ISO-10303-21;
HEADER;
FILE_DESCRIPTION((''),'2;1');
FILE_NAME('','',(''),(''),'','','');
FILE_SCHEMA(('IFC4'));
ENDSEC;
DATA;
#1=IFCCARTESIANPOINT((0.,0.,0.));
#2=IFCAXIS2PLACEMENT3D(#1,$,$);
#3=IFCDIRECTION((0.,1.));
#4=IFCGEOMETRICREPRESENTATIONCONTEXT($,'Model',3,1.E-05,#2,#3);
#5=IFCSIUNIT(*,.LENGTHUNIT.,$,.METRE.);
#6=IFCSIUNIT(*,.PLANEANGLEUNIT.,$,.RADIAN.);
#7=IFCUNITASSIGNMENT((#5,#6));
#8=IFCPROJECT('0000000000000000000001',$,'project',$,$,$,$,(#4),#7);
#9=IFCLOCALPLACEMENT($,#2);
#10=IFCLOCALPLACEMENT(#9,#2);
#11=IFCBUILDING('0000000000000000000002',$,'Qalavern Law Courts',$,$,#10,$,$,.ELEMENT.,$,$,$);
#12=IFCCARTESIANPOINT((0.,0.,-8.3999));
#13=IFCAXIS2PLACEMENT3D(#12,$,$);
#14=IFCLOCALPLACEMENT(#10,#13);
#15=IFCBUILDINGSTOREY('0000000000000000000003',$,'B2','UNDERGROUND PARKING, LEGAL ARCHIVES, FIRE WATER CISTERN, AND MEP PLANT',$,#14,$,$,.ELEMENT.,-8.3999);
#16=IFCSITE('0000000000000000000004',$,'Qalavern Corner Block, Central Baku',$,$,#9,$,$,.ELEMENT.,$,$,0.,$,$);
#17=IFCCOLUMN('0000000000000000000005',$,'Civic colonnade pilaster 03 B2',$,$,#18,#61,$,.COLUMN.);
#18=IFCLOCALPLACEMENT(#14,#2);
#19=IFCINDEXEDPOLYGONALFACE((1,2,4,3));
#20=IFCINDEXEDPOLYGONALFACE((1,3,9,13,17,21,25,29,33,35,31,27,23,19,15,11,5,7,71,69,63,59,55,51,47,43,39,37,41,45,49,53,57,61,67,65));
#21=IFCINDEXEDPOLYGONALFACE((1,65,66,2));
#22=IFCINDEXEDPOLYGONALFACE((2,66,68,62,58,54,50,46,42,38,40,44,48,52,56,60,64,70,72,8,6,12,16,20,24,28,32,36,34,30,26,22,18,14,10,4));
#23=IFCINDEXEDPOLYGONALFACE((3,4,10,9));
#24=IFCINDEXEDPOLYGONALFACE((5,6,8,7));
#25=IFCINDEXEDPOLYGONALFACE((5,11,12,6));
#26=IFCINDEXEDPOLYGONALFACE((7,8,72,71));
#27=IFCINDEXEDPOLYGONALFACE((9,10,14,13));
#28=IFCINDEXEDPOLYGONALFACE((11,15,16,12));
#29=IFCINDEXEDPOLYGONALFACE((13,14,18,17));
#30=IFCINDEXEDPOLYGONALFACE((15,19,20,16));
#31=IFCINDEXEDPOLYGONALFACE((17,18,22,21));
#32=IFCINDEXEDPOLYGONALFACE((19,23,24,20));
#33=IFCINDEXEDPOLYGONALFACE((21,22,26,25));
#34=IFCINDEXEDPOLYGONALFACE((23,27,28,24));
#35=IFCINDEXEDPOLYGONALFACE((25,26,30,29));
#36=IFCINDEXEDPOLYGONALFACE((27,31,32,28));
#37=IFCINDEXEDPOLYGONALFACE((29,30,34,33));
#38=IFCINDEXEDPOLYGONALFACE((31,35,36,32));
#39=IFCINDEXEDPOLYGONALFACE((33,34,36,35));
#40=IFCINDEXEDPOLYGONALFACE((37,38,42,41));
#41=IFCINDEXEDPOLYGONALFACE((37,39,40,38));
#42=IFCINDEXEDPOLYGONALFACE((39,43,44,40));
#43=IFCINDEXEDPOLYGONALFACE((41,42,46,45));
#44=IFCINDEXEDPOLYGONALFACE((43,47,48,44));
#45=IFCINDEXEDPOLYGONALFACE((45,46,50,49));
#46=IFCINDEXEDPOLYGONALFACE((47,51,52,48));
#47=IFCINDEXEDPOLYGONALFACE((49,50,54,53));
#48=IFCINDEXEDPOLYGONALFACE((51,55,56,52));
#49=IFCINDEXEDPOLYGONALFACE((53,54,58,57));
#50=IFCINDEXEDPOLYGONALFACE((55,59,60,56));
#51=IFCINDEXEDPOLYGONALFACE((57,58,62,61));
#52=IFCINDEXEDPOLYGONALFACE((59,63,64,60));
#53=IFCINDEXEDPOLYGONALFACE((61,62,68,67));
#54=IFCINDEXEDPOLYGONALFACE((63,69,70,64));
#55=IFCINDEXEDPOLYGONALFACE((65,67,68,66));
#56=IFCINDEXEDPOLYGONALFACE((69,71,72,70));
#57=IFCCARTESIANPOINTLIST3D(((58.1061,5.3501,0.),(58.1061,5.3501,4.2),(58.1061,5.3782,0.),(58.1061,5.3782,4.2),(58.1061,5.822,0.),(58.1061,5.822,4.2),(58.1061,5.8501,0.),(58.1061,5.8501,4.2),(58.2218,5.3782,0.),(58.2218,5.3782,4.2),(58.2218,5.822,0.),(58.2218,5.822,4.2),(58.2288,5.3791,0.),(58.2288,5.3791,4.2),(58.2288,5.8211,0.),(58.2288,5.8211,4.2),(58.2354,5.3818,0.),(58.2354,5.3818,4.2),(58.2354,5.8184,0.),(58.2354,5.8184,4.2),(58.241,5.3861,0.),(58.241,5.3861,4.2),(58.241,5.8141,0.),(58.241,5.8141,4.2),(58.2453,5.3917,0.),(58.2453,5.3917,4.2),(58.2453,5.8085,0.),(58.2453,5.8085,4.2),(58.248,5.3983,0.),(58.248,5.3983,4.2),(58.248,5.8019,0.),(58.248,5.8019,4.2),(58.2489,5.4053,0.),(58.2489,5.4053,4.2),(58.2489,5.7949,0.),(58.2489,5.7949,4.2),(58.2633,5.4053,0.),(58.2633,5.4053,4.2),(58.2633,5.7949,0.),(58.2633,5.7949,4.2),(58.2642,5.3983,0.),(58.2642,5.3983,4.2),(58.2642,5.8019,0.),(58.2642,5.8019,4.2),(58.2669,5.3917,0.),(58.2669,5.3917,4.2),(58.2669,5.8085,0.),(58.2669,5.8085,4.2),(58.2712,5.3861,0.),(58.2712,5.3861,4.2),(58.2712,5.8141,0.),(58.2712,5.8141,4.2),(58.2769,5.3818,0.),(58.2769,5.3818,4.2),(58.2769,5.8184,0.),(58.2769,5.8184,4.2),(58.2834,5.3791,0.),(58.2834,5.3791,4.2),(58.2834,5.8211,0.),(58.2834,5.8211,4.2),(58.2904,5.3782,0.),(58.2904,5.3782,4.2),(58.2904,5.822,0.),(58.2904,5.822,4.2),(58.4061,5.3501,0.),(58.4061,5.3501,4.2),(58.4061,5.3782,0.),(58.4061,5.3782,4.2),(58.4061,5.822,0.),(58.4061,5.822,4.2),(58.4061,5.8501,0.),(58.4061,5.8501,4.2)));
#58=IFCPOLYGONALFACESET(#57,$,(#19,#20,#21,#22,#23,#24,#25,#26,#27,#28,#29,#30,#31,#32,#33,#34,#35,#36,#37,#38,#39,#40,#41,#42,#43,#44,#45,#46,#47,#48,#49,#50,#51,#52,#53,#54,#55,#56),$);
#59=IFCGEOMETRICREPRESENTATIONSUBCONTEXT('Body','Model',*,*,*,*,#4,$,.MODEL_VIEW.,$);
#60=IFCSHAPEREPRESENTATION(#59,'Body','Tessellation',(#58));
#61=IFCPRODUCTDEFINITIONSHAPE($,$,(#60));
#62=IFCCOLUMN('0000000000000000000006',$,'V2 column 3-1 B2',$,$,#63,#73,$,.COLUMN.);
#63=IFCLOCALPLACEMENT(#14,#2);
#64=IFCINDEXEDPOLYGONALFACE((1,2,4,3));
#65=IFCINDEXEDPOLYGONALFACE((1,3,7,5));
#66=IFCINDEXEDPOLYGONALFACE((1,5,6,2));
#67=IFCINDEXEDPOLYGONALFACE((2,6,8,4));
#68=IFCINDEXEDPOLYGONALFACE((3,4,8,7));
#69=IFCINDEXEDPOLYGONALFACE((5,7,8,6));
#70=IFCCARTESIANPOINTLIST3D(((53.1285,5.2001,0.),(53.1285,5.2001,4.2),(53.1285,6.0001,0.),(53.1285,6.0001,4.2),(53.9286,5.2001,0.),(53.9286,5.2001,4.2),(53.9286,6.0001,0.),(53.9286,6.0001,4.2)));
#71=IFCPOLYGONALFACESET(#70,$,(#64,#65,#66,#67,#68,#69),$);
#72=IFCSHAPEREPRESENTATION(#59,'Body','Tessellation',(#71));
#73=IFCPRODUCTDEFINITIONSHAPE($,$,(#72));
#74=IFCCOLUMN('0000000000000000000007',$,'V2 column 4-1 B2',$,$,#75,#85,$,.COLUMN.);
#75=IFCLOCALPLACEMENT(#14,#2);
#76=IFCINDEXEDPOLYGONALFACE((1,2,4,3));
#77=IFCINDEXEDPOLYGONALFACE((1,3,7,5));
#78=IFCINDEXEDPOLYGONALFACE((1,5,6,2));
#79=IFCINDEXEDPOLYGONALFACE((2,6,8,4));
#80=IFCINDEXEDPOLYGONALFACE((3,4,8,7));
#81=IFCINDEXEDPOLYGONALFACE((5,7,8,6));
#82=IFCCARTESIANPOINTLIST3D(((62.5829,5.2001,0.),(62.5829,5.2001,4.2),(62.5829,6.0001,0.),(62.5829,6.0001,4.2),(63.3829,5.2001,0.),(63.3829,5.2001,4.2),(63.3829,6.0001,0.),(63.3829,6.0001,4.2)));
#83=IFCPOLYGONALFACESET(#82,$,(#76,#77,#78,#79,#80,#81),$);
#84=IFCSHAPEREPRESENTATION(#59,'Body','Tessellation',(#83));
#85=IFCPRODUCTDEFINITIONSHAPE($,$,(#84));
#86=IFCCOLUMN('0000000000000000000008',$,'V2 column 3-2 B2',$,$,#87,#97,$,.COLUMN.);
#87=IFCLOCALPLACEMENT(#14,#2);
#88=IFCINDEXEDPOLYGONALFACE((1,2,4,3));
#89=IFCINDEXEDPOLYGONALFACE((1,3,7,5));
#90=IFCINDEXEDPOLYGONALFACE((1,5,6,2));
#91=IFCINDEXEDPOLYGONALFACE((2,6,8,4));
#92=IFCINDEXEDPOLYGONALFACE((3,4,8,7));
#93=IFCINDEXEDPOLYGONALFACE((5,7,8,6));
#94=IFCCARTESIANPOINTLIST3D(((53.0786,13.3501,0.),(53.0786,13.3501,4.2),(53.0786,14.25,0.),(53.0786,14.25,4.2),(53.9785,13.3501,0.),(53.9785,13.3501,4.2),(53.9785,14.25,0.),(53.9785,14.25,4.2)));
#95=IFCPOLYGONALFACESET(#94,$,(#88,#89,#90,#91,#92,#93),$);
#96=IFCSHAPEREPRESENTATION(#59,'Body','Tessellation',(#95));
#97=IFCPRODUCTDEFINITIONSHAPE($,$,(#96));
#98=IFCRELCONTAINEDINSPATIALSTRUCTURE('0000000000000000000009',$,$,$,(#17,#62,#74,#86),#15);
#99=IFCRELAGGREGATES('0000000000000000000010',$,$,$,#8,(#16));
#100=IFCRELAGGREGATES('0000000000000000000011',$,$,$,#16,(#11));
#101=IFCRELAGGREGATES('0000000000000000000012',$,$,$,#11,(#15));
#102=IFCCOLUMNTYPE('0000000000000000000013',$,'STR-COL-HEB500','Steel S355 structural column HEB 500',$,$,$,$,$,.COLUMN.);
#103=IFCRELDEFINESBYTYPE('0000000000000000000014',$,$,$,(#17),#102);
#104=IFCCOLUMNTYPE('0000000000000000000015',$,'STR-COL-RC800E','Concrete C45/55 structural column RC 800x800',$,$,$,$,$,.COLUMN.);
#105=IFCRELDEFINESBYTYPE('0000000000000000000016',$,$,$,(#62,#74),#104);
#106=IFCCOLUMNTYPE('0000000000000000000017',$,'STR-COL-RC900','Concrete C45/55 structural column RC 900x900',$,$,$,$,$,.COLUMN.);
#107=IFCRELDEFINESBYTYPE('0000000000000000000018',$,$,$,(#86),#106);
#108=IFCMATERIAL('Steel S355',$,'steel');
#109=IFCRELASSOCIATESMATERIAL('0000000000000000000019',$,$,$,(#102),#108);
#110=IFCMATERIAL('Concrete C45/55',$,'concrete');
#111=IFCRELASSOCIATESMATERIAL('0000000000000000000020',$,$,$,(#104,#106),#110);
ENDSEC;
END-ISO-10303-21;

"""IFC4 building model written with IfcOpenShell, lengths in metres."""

from ifc_helpers import new_model, si_unit, direction, frame, origin, origin_2d, place, context, subcontext, project, spatial, rectangle, i_section, extrude, material, material_profile, profile_set, type_object, element, save


model = new_model("IFC4")

# Units and contexts
model_context = context("Model", 3, precision=1e-05, world=origin(), true_north=direction((0.0, 1.0)))
body_context = subcontext(model_context, "Body", "Model", "MODEL_VIEW")
ifc_project = project(units=[si_unit("LENGTHUNIT", "METRE"), si_unit("PLANEANGLEUNIT", "RADIAN")], contexts=[model_context])

# Site, building, storey
site_placement = place(None, origin())
site = spatial("IfcSite", under=ifc_project, at=site_placement, Name="Qalavern Corner Block, Central Baku", CompositionType="ELEMENT", RefElevation=0.0)
building_placement = place(site_placement, origin())
building = spatial("IfcBuilding", under=site, at=building_placement, Name="Qalavern Law Courts", CompositionType="ELEMENT")
storey_placement = place(building_placement, frame((0.0, 0.0, -8.3999)))
storey = spatial("IfcBuildingStorey", under=building, at=storey_placement, Name="B2", Description="UNDERGROUND PARKING, LEGAL ARCHIVES, FIRE WATER CISTERN, AND MEP PLANT", CompositionType="ELEMENT", Elevation=-8.3999)

# Columns
ifc_material_1 = material(Name="Steel S355", Category="steel")
ifc_material_profile_1 = material_profile(ifc_material_1, i_section(OverallWidth=0.3, OverallDepth=0.5, WebThickness=0.0144, FlangeThickness=0.0281, FilletRadius=0.0271, at=origin_2d()), Name="HEB 500")
ifc_profile_set_1 = profile_set([ifc_material_profile_1], Name="Steel S355")
column_type_1 = type_object("IfcColumnType", Name="STR-COL-HEB500", Description="Steel S355 structural column HEB 500", PredefinedType="COLUMN", material=ifc_profile_set_1)
column_1_placement = place(storey_placement, frame((58.2561, 5.6001, 0.0), z_axis=(0.0, 0.0, 1.0), x_axis=(1.0, 0.0, 0.0)))
element("IfcColumn", 1, at=column_1_placement, inside=storey, type_object=column_type_1, Name="Civic colonnade pilaster 03 B2", PredefinedType="COLUMN", context=body_context, shape_type="SweptSolid", body=[
    extrude(i_section(OverallWidth=0.3, OverallDepth=0.5, WebThickness=0.0144, FlangeThickness=0.0281, FilletRadius=0.0271, at=origin_2d()), origin(), (0.0, 0.0, 1.0), 4.2),
])
ifc_material_2 = material(Name="Concrete C45/55", Category="concrete")
ifc_material_profile_2 = material_profile(ifc_material_2, rectangle(XDim=0.8, YDim=0.8, at=origin_2d()), Name="RC 800x800")
ifc_profile_set_2 = profile_set([ifc_material_profile_2], Name="Concrete C45/55")
column_type_2 = type_object("IfcColumnType", Name="STR-COL-RC800E", Description="Concrete C45/55 structural column RC 800x800", PredefinedType="COLUMN", material=ifc_profile_set_2)
for number, where, z_axis, x_axis, name in (
    (2, (53.5286, 5.6001, 0.0), (0.0, 0.0, 1.0), (1.0, 0.0, 0.0), "V2 column 3-1 B2"),
    (3, (62.9829, 5.6001, 0.0), (0.0, 0.0, 1.0), (1.0, 0.0, 0.0), "V2 column 4-1 B2"),
):
    element("IfcColumn", number, at=place(storey_placement, frame(where, z_axis=z_axis, x_axis=x_axis)), inside=storey, type_object=column_type_2, Name=name, PredefinedType="COLUMN", context=body_context, shape_type="SweptSolid", body=[
        extrude(rectangle(XDim=0.8, YDim=0.8, at=origin_2d()), origin(), (0.0, 0.0, 1.0), 4.2),
    ])
ifc_material_profile_3 = material_profile(ifc_material_2, rectangle(XDim=0.8999, YDim=0.8999, at=origin_2d()), Name="RC 900x900")
ifc_profile_set_3 = profile_set([ifc_material_profile_3], Name="Concrete C45/55")
column_type_3 = type_object("IfcColumnType", Name="STR-COL-RC900", Description="Concrete C45/55 structural column RC 900x900", PredefinedType="COLUMN", material=ifc_profile_set_3)
column_2_placement = place(storey_placement, frame((53.5286, 13.8, 0.0), z_axis=(0.0, 0.0, 1.0), x_axis=(1.0, 0.0, 0.0)))
element("IfcColumn", 4, at=column_2_placement, inside=storey, type_object=column_type_3, Name="V2 column 3-2 B2", PredefinedType="COLUMN", context=body_context, shape_type="SweptSolid", body=[
    extrude(rectangle(XDim=0.8999, YDim=0.8999, at=origin_2d()), origin(), (0.0, 0.0, 1.0), 4.2),
])

save(model, "model.ifc")
